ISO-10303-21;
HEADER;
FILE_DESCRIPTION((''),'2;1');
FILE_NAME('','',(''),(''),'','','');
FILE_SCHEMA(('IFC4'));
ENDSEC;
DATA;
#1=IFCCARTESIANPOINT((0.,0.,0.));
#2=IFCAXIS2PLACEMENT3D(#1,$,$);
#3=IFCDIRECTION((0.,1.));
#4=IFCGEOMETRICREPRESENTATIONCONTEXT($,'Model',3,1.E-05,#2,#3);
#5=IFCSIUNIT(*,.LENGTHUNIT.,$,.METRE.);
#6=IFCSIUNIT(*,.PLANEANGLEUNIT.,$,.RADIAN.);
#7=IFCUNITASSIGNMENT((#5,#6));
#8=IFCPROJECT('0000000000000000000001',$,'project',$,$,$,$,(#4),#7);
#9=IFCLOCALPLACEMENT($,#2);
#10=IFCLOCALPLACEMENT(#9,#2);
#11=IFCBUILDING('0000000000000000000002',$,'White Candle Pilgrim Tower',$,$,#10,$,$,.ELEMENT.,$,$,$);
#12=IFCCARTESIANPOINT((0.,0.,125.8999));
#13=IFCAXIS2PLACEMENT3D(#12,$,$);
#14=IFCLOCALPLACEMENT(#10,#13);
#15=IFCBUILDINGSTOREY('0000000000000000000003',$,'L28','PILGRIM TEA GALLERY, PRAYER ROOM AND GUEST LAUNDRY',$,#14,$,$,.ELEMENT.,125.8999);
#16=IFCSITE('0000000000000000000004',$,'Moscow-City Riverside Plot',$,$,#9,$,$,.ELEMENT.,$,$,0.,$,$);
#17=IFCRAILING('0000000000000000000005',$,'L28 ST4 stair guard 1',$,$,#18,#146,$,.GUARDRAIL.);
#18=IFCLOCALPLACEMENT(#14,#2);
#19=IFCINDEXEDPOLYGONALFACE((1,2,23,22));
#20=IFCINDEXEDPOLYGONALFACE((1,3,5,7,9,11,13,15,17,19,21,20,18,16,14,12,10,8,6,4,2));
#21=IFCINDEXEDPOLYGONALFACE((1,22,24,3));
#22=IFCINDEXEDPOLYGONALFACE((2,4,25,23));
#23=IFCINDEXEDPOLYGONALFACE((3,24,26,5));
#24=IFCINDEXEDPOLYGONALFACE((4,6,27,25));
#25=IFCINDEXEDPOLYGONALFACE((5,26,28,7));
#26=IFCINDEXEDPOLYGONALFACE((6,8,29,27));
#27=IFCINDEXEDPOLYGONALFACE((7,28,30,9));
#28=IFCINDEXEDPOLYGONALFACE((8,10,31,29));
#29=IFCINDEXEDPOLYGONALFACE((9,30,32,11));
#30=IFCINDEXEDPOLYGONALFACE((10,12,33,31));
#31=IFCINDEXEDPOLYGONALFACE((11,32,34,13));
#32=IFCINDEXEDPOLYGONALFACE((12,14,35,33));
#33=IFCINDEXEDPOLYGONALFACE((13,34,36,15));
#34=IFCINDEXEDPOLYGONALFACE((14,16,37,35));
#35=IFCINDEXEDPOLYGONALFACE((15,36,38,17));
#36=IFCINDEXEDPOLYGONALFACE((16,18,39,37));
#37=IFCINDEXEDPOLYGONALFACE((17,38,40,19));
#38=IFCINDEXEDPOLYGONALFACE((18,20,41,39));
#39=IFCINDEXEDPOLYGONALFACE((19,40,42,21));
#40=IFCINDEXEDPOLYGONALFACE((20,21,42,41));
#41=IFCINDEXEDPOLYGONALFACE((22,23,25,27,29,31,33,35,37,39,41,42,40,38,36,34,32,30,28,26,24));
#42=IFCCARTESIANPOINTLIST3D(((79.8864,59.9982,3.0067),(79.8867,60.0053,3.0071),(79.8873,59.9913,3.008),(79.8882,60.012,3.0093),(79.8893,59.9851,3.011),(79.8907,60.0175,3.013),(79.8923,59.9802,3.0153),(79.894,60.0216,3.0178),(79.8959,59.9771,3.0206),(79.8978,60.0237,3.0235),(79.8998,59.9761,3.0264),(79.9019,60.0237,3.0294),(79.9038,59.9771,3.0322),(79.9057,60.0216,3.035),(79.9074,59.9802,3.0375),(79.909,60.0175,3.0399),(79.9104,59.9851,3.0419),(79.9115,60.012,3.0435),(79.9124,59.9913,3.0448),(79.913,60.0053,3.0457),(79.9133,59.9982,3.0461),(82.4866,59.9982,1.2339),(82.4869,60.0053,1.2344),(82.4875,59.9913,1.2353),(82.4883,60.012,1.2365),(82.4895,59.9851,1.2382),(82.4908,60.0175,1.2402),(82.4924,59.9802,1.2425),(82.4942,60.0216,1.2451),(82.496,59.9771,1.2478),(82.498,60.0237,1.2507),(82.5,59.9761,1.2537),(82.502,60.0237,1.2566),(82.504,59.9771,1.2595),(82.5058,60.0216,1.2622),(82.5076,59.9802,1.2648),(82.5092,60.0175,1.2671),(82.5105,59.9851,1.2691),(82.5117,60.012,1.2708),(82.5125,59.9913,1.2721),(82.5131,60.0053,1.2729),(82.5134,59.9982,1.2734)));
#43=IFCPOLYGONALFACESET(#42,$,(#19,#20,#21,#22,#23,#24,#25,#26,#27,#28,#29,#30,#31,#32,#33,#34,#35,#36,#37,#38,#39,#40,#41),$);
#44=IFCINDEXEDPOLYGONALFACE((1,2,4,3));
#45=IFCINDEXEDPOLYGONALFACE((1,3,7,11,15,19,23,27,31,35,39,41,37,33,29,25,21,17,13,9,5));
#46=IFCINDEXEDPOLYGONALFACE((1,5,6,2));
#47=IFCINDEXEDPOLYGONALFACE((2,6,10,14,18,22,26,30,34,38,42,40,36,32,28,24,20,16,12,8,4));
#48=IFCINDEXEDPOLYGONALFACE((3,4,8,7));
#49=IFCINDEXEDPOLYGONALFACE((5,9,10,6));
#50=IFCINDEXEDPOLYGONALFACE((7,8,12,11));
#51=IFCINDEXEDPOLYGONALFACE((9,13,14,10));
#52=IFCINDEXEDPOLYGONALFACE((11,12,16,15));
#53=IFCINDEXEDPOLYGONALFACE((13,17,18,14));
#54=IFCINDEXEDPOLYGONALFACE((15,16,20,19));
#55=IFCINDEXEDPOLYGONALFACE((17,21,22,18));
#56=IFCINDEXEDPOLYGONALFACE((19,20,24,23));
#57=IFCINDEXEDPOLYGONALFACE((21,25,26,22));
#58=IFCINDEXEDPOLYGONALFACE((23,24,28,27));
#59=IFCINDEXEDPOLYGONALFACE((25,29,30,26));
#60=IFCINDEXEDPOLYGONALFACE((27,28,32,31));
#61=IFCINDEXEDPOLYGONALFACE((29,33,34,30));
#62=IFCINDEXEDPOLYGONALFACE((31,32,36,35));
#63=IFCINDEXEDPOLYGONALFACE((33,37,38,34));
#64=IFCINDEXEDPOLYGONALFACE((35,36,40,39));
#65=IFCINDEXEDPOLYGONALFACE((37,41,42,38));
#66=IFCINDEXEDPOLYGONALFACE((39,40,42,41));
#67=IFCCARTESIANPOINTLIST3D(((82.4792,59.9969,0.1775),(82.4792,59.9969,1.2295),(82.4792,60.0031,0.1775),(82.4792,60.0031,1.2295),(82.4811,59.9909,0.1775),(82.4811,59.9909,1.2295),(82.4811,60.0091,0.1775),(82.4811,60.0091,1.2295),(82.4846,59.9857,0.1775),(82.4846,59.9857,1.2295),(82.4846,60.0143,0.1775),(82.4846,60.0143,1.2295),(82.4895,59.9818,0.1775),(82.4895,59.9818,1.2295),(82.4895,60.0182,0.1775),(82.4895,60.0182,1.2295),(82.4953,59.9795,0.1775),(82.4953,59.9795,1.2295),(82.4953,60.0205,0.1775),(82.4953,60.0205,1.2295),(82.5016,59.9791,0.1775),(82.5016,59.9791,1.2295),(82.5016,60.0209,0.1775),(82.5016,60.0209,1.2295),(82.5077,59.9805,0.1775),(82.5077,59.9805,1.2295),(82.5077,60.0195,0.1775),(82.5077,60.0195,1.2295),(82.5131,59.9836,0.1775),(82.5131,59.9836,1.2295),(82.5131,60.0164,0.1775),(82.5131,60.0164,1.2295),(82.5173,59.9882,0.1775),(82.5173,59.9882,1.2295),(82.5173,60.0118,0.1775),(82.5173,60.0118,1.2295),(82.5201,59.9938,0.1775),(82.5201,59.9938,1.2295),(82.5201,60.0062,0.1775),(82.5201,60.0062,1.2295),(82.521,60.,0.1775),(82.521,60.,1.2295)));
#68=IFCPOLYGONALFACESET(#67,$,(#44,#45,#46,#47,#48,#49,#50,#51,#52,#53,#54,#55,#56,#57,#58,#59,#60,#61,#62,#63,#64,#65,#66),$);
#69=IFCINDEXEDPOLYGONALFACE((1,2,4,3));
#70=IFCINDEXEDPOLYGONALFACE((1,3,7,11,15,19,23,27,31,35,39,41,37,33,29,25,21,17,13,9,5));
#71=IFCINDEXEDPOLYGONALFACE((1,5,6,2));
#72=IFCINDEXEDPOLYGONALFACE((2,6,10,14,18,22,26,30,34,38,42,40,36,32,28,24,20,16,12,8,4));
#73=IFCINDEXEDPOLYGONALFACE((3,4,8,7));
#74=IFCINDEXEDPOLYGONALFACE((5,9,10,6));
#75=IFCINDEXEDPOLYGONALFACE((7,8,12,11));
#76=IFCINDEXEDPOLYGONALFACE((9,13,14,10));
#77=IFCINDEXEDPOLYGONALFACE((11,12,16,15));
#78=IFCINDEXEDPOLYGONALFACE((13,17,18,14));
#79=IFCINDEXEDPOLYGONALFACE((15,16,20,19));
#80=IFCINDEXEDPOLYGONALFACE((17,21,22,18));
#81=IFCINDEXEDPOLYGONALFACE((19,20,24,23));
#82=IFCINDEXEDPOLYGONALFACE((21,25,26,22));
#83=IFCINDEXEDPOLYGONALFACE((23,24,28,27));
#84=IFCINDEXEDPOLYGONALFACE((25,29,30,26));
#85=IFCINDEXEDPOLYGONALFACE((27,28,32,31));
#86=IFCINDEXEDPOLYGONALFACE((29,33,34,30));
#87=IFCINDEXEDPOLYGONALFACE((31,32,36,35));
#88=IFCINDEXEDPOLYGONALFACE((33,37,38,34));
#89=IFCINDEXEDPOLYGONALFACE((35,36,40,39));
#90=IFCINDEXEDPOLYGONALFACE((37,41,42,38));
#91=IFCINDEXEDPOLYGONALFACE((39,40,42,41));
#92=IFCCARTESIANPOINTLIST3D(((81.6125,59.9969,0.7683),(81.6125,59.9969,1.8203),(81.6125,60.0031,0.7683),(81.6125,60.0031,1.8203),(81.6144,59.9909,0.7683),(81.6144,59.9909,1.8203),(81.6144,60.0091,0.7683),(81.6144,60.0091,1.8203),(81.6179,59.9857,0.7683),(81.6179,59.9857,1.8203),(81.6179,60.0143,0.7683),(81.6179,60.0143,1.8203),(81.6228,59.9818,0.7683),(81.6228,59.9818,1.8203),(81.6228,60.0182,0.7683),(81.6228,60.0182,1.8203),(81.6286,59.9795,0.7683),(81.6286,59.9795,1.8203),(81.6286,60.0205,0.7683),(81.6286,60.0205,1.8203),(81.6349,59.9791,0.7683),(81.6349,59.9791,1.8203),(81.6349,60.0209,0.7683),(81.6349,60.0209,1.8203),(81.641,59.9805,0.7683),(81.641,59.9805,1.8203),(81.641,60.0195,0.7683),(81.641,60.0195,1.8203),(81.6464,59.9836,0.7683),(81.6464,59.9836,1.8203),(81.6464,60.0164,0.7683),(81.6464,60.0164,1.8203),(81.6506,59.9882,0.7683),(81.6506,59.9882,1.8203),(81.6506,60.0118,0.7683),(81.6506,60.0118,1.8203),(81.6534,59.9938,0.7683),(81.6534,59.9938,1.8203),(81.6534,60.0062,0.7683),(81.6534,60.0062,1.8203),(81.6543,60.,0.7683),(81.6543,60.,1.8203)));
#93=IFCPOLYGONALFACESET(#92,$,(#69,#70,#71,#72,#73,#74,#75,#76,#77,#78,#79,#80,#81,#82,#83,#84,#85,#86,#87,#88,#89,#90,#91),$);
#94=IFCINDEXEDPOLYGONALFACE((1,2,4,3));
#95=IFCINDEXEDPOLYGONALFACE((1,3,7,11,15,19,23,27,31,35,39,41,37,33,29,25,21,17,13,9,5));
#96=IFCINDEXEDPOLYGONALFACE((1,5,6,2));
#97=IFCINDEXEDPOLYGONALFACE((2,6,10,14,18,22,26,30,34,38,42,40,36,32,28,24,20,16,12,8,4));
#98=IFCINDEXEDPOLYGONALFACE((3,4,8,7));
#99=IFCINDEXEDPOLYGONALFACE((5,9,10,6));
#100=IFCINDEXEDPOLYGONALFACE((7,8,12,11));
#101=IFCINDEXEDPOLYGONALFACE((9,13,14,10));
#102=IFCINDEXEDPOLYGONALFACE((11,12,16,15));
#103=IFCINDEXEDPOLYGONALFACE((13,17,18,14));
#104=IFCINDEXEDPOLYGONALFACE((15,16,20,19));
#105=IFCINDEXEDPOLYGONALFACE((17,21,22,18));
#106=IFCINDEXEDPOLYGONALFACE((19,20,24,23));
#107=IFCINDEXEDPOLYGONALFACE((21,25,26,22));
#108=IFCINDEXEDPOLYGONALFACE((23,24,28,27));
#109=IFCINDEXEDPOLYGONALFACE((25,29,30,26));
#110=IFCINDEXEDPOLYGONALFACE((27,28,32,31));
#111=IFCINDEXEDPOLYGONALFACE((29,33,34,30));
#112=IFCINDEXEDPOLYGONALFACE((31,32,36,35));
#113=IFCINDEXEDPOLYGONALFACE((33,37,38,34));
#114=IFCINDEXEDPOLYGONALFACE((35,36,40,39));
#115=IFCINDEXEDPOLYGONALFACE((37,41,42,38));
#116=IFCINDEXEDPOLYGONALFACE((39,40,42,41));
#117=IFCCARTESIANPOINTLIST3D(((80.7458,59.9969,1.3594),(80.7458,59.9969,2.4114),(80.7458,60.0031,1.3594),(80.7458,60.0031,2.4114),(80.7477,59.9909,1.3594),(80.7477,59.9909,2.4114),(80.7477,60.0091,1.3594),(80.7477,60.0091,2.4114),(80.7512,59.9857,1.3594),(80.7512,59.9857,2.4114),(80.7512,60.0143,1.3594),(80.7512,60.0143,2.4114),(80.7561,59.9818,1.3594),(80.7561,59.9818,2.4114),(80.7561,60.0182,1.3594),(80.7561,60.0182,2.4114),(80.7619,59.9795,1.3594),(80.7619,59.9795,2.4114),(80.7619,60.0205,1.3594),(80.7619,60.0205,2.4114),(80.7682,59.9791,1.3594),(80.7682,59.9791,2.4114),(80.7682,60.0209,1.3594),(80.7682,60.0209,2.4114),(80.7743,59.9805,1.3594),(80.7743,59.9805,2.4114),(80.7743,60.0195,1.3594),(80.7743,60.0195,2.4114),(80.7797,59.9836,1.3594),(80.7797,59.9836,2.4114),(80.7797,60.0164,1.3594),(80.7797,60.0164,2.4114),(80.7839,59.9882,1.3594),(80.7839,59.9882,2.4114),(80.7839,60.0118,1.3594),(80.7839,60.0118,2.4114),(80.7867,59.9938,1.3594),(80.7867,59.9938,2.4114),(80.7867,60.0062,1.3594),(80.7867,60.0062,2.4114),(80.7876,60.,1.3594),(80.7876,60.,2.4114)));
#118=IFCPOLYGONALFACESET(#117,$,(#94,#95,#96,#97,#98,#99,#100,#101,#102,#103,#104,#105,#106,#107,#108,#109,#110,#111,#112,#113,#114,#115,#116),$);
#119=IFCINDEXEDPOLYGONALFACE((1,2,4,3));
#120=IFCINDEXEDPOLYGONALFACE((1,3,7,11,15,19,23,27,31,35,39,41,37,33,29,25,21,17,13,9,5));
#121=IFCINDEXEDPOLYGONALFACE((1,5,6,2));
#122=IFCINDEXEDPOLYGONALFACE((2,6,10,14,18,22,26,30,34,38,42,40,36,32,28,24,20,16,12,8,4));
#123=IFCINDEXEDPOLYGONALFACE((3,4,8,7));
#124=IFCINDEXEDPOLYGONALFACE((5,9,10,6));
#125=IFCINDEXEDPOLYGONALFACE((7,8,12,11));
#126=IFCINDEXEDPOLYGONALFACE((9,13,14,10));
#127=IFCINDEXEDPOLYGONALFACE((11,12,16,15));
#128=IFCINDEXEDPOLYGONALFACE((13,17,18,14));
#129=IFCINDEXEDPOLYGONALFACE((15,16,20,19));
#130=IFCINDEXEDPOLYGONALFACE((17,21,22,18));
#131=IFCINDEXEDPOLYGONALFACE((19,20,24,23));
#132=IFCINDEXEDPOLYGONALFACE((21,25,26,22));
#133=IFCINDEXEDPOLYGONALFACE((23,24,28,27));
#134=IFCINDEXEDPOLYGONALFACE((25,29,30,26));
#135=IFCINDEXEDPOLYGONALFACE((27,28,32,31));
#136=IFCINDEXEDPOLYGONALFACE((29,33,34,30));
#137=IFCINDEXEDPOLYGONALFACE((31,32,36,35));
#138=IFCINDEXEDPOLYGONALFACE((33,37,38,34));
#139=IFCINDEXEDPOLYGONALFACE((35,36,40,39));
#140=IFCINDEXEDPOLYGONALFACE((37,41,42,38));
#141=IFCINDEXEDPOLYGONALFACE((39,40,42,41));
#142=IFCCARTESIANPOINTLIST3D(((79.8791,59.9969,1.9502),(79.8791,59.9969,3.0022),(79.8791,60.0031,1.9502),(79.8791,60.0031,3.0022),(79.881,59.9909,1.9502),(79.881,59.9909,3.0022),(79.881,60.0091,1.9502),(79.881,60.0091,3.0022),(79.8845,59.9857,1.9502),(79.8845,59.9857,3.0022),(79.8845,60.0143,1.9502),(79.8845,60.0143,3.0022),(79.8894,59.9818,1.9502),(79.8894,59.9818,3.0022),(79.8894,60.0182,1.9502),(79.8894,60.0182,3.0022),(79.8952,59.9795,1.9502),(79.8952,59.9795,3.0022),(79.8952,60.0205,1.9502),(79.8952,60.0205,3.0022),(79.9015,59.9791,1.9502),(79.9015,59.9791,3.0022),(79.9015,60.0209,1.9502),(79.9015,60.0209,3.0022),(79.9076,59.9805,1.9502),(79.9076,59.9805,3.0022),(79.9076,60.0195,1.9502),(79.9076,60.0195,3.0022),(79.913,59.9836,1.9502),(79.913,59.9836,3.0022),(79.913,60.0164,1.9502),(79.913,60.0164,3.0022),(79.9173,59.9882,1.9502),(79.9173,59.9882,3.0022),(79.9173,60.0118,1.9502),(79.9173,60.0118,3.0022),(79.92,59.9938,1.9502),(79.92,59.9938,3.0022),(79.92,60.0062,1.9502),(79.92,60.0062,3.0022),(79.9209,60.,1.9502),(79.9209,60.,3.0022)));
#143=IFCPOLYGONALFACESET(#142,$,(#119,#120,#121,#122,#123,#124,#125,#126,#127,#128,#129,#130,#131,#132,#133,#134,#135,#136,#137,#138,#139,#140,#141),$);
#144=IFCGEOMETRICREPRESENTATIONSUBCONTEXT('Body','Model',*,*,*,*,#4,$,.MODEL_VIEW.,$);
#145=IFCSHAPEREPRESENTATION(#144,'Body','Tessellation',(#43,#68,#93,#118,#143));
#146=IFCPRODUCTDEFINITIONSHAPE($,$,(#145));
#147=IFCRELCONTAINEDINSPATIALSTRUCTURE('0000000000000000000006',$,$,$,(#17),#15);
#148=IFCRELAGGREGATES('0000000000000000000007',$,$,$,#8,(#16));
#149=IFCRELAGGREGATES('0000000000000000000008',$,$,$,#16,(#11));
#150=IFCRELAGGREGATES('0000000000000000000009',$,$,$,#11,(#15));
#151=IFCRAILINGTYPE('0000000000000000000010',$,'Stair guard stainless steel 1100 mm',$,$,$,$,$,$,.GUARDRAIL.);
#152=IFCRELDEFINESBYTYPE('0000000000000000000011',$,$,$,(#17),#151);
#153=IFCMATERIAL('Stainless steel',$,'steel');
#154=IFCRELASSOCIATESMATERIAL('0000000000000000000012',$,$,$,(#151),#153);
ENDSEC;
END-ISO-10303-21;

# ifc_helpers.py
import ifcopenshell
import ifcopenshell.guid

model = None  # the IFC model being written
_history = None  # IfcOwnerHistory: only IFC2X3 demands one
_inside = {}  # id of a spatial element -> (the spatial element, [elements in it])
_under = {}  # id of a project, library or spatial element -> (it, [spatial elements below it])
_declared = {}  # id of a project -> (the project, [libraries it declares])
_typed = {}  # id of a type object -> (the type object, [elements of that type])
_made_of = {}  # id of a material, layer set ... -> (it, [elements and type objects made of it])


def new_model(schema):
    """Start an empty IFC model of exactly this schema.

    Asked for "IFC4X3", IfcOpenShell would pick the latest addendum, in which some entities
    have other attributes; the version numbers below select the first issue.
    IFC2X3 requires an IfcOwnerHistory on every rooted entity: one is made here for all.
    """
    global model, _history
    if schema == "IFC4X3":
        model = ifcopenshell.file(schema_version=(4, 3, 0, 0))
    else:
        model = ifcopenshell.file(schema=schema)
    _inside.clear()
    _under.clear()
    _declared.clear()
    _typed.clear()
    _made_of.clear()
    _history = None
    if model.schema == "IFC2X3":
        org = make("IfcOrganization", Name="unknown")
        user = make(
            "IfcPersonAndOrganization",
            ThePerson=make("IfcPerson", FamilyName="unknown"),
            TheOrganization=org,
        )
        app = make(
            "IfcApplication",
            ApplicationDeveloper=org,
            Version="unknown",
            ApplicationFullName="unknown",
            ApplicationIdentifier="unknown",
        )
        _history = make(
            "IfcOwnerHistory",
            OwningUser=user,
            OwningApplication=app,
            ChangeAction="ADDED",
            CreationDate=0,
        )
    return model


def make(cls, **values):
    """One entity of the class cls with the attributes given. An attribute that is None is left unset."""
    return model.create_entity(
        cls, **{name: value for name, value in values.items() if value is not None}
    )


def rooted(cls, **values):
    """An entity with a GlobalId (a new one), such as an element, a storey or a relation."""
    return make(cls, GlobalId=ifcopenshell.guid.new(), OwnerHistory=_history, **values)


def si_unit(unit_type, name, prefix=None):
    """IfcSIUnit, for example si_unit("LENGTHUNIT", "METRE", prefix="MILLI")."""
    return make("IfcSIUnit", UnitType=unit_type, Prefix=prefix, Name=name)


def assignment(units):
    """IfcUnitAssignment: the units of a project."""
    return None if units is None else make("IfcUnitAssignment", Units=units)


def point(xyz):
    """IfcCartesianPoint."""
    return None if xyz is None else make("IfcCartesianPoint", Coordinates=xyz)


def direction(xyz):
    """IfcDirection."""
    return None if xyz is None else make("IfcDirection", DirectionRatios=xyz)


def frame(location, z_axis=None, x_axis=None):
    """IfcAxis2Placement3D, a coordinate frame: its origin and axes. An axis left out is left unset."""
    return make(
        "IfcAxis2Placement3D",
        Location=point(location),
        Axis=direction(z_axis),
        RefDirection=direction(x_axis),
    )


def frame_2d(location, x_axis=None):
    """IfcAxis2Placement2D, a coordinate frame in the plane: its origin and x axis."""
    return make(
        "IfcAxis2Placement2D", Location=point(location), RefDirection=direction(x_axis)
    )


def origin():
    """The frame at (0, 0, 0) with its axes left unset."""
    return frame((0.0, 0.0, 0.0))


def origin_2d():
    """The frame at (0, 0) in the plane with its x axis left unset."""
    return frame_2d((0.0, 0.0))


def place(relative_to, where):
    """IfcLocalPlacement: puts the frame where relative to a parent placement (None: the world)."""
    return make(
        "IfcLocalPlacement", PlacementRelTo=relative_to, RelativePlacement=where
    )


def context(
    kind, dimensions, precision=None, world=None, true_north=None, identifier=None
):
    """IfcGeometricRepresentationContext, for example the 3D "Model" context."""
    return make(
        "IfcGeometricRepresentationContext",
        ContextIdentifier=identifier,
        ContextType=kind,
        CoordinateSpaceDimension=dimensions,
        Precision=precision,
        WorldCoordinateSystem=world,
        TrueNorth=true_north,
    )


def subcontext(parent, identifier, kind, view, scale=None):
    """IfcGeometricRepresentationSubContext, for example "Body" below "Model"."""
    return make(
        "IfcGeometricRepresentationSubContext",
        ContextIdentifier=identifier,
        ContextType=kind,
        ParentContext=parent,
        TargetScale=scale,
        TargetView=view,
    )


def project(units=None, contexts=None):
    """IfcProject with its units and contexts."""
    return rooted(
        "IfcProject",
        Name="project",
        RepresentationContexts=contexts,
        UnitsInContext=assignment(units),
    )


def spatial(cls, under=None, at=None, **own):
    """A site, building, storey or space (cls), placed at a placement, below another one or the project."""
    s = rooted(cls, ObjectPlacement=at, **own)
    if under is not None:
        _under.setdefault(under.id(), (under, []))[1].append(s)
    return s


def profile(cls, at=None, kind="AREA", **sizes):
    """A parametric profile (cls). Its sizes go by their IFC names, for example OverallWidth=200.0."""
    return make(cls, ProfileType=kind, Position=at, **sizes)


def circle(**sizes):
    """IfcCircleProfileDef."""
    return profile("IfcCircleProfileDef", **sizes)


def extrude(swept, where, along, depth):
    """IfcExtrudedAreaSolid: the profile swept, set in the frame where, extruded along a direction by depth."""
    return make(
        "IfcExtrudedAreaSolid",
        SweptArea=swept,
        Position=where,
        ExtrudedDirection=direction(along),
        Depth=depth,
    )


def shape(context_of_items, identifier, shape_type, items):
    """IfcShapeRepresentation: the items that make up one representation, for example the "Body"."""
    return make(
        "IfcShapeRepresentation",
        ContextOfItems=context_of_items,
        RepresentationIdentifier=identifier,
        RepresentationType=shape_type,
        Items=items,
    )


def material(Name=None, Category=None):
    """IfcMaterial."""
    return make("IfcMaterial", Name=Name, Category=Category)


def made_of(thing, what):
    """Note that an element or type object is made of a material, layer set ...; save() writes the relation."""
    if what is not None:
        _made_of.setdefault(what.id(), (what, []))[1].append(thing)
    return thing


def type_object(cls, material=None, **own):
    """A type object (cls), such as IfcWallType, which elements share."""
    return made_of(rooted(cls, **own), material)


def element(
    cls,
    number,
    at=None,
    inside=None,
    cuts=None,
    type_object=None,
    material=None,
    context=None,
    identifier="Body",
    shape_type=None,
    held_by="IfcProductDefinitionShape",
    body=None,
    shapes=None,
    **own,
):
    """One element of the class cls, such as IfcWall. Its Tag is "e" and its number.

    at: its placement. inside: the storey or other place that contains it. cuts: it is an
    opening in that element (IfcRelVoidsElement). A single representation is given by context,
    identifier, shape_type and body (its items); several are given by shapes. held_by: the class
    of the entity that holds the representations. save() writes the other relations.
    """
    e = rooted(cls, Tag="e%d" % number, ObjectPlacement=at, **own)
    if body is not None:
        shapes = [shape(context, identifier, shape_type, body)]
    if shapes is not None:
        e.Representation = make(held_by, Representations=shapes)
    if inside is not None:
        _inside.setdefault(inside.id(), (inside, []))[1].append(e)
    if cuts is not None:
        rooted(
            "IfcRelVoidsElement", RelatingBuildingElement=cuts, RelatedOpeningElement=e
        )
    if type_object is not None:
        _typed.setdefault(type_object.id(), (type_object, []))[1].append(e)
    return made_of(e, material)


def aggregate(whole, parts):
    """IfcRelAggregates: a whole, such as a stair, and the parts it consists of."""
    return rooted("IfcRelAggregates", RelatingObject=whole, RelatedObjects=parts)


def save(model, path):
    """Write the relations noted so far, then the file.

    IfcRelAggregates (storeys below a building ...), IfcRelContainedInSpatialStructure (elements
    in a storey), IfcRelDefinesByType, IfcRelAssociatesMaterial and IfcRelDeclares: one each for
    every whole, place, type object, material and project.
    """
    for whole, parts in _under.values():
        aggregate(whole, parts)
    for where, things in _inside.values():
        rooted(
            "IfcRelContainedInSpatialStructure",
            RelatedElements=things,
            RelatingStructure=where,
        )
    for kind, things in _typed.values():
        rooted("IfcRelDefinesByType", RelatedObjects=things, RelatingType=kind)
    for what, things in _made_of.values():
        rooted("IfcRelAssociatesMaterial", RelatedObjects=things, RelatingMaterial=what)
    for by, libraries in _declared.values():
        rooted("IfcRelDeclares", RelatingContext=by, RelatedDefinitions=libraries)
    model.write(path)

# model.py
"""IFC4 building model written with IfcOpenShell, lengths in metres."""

from ifc_helpers import new_model, si_unit, direction, frame, origin, origin_2d, place, context, subcontext, project, spatial, circle, extrude, material, type_object, element, save


model = new_model("IFC4")

# Units and contexts
model_context = context("Model", 3, precision=1e-05, world=origin(), true_north=direction((0.0, 1.0)))
body_context = subcontext(model_context, "Body", "Model", "MODEL_VIEW")
ifc_project = project(units=[si_unit("LENGTHUNIT", "METRE"), si_unit("PLANEANGLEUNIT", "RADIAN")], contexts=[model_context])

# Site, building, storey
site_placement = place(None, origin())
site = spatial("IfcSite", under=ifc_project, at=site_placement, Name="Moscow-City Riverside Plot", CompositionType="ELEMENT", RefElevation=0.0)
building_placement = place(site_placement, origin())
building = spatial("IfcBuilding", under=site, at=building_placement, Name="White Candle Pilgrim Tower", CompositionType="ELEMENT")
storey_placement = place(building_placement, frame((0.0, 0.0, 125.8999)))
storey = spatial("IfcBuildingStorey", under=building, at=storey_placement, Name="L28", Description="PILGRIM TEA GALLERY, PRAYER ROOM AND GUEST LAUNDRY", CompositionType="ELEMENT", Elevation=125.8999)

# Railing
ifc_material_1 = material(Name="Stainless steel", Category="steel")
railing_type_1 = type_object("IfcRailingType", Name="Stair guard stainless steel 1100 mm", PredefinedType="GUARDRAIL", material=ifc_material_1)
railing_1_placement = place(storey_placement, frame((82.5, 60.0, 0.1775)))
element("IfcRailing", 1, at=railing_1_placement, inside=storey, type_object=railing_type_1, Name="L28 ST4 stair guard 1", PredefinedType="GUARDRAIL", context=body_context, shape_type="SweptSolid", body=[
    extrude(circle(Radius=0.0239, at=origin_2d()), frame((0.0, 0.0, 1.0762), z_axis=(-0.82624, 0.0, 0.563318), x_axis=(0.0, -1.0, 0.0)), (0.0, 0.0, 1.0), 3.147),
    extrude(circle(Radius=0.021, at=origin_2d()), origin(), (0.0, 0.0, 1.0), 1.052),
    extrude(circle(Radius=0.021, at=origin_2d()), frame((-0.8667, 0.0, 0.5908)), (0.0, 0.0, 1.0), 1.052),
    extrude(circle(Radius=0.021, at=origin_2d()), frame((-1.7334, 0.0, 1.1819)), (0.0, 0.0, 1.0), 1.052),
    extrude(circle(Radius=0.021, at=origin_2d()), frame((-2.6001, 0.0, 1.7727)), (0.0, 0.0, 1.0), 1.052),
])

save(model, "model.ifc")
